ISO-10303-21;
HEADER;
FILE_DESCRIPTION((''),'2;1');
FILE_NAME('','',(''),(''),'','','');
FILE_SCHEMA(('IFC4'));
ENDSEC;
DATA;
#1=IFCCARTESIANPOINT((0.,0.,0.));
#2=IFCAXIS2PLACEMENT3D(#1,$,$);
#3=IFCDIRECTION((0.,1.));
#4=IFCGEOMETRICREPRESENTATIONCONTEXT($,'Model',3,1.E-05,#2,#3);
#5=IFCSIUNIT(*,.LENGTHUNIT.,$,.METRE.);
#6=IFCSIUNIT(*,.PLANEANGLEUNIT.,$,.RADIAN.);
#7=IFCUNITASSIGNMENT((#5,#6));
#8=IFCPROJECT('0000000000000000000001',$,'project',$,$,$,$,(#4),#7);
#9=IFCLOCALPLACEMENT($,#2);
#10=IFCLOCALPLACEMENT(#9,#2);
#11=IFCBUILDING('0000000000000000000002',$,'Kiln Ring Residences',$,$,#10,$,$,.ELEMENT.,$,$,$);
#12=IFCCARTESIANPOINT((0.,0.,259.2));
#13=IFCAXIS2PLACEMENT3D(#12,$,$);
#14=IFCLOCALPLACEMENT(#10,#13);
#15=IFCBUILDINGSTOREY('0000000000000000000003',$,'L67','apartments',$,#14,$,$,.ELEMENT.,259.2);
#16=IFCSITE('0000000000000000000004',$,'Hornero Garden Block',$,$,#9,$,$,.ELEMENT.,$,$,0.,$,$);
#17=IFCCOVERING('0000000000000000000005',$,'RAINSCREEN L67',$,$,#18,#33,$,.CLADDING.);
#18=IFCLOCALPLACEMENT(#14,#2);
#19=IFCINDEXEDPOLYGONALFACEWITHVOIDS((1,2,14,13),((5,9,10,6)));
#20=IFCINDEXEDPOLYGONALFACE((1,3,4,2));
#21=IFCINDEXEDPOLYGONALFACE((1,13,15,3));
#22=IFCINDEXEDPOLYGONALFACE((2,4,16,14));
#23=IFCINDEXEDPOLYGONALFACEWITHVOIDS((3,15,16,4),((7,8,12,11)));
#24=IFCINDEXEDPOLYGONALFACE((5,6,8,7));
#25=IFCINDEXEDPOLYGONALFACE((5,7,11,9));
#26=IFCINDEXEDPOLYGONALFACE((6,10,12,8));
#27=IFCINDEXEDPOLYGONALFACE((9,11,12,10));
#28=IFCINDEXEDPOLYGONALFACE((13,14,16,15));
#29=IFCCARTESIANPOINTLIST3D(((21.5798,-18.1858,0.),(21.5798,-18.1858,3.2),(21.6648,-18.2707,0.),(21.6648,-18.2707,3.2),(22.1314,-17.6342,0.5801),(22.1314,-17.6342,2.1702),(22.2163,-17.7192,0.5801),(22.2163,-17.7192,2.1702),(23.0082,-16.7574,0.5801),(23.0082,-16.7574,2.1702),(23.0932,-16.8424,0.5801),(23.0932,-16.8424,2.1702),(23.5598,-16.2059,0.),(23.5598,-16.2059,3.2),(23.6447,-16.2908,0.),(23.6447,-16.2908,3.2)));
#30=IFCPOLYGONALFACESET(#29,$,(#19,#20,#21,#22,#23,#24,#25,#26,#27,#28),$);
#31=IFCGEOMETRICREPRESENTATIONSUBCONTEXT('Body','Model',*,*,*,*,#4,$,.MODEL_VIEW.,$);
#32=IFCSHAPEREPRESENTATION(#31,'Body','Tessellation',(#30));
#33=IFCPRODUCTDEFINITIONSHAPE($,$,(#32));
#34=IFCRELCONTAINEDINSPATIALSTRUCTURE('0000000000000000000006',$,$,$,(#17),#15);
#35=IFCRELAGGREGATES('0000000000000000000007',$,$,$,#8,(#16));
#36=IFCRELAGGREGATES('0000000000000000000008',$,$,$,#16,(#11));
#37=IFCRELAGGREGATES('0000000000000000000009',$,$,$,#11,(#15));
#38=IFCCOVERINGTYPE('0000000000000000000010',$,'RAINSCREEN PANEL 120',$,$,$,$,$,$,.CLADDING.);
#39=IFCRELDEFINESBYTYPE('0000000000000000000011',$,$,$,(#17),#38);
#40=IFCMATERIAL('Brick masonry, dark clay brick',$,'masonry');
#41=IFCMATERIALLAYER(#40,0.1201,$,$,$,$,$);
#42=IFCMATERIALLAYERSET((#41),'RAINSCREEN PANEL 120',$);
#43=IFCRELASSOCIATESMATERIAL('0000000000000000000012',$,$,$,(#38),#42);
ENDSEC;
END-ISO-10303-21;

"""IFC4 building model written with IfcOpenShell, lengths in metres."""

from ifc_helpers import new_model, si_unit, direction, frame, origin, place, context, subcontext, project, spatial, polyline, outline, extrude, material, layer, layer_set, type_object, element, save


model = new_model("IFC4")

# Units and contexts
model_context = context("Model", 3, precision=1e-05, world=origin(), true_north=direction((0.0, 1.0)))
body_context = subcontext(model_context, "Body", "Model", "MODEL_VIEW")
ifc_project = project(units=[si_unit("LENGTHUNIT", "METRE"), si_unit("PLANEANGLEUNIT", "RADIAN")], contexts=[model_context])

# Site, building, storey
site_placement = place(None, origin())
site = spatial("IfcSite", under=ifc_project, at=site_placement, Name="Hornero Garden Block", CompositionType="ELEMENT", RefElevation=0.0)
building_placement = place(site_placement, origin())
building = spatial("IfcBuilding", under=site, at=building_placement, Name="Kiln Ring Residences", CompositionType="ELEMENT")
storey_placement = place(building_placement, frame((0.0, 0.0, 259.2)))
storey = spatial("IfcBuildingStorey", under=building, at=storey_placement, Name="L67", Description="apartments", CompositionType="ELEMENT", Elevation=259.2)

# Covering
ifc_material_1 = material(Name="Brick masonry, dark clay brick", Category="masonry")
ifc_layer_1 = layer(ifc_material_1, 0.1201)
ifc_layer_set_1 = layer_set([ifc_layer_1], Name="RAINSCREEN PANEL 120")
covering_type = type_object("IfcCoveringType", Name="RAINSCREEN PANEL 120", PredefinedType="CLADDING", material=ifc_layer_set_1)
covering_placement = place(storey_placement, frame((21.6223, -18.2283, 0.0), z_axis=(0.0, 0.0, 1.0), x_axis=(0.707107, 0.707107, 0.0)))
element("IfcCovering", 1, at=covering_placement, inside=storey, type_object=covering_type, Name="RAINSCREEN L67", PredefinedType="CLADDING", context=body_context, shape_type="SweptSolid", body=[
    extrude(outline(polyline([(0.0, 0.0), (2.8, 0.0), (2.8, 3.2), (0.0, 3.2), (0.0, 0.0)]), holes=[polyline([(0.78, 2.1702), (0.78, 0.5801), (2.02, 0.5801), (2.02, 2.1702), (0.78, 2.1702)])]), frame((0.0, 0.0601, 0.0), z_axis=(0.0, -1.0, 0.0), x_axis=(1.0, 0.0, 0.0)), (0.0, 0.0, 1.0), 0.1201),
])

save(model, "model.ifc")
